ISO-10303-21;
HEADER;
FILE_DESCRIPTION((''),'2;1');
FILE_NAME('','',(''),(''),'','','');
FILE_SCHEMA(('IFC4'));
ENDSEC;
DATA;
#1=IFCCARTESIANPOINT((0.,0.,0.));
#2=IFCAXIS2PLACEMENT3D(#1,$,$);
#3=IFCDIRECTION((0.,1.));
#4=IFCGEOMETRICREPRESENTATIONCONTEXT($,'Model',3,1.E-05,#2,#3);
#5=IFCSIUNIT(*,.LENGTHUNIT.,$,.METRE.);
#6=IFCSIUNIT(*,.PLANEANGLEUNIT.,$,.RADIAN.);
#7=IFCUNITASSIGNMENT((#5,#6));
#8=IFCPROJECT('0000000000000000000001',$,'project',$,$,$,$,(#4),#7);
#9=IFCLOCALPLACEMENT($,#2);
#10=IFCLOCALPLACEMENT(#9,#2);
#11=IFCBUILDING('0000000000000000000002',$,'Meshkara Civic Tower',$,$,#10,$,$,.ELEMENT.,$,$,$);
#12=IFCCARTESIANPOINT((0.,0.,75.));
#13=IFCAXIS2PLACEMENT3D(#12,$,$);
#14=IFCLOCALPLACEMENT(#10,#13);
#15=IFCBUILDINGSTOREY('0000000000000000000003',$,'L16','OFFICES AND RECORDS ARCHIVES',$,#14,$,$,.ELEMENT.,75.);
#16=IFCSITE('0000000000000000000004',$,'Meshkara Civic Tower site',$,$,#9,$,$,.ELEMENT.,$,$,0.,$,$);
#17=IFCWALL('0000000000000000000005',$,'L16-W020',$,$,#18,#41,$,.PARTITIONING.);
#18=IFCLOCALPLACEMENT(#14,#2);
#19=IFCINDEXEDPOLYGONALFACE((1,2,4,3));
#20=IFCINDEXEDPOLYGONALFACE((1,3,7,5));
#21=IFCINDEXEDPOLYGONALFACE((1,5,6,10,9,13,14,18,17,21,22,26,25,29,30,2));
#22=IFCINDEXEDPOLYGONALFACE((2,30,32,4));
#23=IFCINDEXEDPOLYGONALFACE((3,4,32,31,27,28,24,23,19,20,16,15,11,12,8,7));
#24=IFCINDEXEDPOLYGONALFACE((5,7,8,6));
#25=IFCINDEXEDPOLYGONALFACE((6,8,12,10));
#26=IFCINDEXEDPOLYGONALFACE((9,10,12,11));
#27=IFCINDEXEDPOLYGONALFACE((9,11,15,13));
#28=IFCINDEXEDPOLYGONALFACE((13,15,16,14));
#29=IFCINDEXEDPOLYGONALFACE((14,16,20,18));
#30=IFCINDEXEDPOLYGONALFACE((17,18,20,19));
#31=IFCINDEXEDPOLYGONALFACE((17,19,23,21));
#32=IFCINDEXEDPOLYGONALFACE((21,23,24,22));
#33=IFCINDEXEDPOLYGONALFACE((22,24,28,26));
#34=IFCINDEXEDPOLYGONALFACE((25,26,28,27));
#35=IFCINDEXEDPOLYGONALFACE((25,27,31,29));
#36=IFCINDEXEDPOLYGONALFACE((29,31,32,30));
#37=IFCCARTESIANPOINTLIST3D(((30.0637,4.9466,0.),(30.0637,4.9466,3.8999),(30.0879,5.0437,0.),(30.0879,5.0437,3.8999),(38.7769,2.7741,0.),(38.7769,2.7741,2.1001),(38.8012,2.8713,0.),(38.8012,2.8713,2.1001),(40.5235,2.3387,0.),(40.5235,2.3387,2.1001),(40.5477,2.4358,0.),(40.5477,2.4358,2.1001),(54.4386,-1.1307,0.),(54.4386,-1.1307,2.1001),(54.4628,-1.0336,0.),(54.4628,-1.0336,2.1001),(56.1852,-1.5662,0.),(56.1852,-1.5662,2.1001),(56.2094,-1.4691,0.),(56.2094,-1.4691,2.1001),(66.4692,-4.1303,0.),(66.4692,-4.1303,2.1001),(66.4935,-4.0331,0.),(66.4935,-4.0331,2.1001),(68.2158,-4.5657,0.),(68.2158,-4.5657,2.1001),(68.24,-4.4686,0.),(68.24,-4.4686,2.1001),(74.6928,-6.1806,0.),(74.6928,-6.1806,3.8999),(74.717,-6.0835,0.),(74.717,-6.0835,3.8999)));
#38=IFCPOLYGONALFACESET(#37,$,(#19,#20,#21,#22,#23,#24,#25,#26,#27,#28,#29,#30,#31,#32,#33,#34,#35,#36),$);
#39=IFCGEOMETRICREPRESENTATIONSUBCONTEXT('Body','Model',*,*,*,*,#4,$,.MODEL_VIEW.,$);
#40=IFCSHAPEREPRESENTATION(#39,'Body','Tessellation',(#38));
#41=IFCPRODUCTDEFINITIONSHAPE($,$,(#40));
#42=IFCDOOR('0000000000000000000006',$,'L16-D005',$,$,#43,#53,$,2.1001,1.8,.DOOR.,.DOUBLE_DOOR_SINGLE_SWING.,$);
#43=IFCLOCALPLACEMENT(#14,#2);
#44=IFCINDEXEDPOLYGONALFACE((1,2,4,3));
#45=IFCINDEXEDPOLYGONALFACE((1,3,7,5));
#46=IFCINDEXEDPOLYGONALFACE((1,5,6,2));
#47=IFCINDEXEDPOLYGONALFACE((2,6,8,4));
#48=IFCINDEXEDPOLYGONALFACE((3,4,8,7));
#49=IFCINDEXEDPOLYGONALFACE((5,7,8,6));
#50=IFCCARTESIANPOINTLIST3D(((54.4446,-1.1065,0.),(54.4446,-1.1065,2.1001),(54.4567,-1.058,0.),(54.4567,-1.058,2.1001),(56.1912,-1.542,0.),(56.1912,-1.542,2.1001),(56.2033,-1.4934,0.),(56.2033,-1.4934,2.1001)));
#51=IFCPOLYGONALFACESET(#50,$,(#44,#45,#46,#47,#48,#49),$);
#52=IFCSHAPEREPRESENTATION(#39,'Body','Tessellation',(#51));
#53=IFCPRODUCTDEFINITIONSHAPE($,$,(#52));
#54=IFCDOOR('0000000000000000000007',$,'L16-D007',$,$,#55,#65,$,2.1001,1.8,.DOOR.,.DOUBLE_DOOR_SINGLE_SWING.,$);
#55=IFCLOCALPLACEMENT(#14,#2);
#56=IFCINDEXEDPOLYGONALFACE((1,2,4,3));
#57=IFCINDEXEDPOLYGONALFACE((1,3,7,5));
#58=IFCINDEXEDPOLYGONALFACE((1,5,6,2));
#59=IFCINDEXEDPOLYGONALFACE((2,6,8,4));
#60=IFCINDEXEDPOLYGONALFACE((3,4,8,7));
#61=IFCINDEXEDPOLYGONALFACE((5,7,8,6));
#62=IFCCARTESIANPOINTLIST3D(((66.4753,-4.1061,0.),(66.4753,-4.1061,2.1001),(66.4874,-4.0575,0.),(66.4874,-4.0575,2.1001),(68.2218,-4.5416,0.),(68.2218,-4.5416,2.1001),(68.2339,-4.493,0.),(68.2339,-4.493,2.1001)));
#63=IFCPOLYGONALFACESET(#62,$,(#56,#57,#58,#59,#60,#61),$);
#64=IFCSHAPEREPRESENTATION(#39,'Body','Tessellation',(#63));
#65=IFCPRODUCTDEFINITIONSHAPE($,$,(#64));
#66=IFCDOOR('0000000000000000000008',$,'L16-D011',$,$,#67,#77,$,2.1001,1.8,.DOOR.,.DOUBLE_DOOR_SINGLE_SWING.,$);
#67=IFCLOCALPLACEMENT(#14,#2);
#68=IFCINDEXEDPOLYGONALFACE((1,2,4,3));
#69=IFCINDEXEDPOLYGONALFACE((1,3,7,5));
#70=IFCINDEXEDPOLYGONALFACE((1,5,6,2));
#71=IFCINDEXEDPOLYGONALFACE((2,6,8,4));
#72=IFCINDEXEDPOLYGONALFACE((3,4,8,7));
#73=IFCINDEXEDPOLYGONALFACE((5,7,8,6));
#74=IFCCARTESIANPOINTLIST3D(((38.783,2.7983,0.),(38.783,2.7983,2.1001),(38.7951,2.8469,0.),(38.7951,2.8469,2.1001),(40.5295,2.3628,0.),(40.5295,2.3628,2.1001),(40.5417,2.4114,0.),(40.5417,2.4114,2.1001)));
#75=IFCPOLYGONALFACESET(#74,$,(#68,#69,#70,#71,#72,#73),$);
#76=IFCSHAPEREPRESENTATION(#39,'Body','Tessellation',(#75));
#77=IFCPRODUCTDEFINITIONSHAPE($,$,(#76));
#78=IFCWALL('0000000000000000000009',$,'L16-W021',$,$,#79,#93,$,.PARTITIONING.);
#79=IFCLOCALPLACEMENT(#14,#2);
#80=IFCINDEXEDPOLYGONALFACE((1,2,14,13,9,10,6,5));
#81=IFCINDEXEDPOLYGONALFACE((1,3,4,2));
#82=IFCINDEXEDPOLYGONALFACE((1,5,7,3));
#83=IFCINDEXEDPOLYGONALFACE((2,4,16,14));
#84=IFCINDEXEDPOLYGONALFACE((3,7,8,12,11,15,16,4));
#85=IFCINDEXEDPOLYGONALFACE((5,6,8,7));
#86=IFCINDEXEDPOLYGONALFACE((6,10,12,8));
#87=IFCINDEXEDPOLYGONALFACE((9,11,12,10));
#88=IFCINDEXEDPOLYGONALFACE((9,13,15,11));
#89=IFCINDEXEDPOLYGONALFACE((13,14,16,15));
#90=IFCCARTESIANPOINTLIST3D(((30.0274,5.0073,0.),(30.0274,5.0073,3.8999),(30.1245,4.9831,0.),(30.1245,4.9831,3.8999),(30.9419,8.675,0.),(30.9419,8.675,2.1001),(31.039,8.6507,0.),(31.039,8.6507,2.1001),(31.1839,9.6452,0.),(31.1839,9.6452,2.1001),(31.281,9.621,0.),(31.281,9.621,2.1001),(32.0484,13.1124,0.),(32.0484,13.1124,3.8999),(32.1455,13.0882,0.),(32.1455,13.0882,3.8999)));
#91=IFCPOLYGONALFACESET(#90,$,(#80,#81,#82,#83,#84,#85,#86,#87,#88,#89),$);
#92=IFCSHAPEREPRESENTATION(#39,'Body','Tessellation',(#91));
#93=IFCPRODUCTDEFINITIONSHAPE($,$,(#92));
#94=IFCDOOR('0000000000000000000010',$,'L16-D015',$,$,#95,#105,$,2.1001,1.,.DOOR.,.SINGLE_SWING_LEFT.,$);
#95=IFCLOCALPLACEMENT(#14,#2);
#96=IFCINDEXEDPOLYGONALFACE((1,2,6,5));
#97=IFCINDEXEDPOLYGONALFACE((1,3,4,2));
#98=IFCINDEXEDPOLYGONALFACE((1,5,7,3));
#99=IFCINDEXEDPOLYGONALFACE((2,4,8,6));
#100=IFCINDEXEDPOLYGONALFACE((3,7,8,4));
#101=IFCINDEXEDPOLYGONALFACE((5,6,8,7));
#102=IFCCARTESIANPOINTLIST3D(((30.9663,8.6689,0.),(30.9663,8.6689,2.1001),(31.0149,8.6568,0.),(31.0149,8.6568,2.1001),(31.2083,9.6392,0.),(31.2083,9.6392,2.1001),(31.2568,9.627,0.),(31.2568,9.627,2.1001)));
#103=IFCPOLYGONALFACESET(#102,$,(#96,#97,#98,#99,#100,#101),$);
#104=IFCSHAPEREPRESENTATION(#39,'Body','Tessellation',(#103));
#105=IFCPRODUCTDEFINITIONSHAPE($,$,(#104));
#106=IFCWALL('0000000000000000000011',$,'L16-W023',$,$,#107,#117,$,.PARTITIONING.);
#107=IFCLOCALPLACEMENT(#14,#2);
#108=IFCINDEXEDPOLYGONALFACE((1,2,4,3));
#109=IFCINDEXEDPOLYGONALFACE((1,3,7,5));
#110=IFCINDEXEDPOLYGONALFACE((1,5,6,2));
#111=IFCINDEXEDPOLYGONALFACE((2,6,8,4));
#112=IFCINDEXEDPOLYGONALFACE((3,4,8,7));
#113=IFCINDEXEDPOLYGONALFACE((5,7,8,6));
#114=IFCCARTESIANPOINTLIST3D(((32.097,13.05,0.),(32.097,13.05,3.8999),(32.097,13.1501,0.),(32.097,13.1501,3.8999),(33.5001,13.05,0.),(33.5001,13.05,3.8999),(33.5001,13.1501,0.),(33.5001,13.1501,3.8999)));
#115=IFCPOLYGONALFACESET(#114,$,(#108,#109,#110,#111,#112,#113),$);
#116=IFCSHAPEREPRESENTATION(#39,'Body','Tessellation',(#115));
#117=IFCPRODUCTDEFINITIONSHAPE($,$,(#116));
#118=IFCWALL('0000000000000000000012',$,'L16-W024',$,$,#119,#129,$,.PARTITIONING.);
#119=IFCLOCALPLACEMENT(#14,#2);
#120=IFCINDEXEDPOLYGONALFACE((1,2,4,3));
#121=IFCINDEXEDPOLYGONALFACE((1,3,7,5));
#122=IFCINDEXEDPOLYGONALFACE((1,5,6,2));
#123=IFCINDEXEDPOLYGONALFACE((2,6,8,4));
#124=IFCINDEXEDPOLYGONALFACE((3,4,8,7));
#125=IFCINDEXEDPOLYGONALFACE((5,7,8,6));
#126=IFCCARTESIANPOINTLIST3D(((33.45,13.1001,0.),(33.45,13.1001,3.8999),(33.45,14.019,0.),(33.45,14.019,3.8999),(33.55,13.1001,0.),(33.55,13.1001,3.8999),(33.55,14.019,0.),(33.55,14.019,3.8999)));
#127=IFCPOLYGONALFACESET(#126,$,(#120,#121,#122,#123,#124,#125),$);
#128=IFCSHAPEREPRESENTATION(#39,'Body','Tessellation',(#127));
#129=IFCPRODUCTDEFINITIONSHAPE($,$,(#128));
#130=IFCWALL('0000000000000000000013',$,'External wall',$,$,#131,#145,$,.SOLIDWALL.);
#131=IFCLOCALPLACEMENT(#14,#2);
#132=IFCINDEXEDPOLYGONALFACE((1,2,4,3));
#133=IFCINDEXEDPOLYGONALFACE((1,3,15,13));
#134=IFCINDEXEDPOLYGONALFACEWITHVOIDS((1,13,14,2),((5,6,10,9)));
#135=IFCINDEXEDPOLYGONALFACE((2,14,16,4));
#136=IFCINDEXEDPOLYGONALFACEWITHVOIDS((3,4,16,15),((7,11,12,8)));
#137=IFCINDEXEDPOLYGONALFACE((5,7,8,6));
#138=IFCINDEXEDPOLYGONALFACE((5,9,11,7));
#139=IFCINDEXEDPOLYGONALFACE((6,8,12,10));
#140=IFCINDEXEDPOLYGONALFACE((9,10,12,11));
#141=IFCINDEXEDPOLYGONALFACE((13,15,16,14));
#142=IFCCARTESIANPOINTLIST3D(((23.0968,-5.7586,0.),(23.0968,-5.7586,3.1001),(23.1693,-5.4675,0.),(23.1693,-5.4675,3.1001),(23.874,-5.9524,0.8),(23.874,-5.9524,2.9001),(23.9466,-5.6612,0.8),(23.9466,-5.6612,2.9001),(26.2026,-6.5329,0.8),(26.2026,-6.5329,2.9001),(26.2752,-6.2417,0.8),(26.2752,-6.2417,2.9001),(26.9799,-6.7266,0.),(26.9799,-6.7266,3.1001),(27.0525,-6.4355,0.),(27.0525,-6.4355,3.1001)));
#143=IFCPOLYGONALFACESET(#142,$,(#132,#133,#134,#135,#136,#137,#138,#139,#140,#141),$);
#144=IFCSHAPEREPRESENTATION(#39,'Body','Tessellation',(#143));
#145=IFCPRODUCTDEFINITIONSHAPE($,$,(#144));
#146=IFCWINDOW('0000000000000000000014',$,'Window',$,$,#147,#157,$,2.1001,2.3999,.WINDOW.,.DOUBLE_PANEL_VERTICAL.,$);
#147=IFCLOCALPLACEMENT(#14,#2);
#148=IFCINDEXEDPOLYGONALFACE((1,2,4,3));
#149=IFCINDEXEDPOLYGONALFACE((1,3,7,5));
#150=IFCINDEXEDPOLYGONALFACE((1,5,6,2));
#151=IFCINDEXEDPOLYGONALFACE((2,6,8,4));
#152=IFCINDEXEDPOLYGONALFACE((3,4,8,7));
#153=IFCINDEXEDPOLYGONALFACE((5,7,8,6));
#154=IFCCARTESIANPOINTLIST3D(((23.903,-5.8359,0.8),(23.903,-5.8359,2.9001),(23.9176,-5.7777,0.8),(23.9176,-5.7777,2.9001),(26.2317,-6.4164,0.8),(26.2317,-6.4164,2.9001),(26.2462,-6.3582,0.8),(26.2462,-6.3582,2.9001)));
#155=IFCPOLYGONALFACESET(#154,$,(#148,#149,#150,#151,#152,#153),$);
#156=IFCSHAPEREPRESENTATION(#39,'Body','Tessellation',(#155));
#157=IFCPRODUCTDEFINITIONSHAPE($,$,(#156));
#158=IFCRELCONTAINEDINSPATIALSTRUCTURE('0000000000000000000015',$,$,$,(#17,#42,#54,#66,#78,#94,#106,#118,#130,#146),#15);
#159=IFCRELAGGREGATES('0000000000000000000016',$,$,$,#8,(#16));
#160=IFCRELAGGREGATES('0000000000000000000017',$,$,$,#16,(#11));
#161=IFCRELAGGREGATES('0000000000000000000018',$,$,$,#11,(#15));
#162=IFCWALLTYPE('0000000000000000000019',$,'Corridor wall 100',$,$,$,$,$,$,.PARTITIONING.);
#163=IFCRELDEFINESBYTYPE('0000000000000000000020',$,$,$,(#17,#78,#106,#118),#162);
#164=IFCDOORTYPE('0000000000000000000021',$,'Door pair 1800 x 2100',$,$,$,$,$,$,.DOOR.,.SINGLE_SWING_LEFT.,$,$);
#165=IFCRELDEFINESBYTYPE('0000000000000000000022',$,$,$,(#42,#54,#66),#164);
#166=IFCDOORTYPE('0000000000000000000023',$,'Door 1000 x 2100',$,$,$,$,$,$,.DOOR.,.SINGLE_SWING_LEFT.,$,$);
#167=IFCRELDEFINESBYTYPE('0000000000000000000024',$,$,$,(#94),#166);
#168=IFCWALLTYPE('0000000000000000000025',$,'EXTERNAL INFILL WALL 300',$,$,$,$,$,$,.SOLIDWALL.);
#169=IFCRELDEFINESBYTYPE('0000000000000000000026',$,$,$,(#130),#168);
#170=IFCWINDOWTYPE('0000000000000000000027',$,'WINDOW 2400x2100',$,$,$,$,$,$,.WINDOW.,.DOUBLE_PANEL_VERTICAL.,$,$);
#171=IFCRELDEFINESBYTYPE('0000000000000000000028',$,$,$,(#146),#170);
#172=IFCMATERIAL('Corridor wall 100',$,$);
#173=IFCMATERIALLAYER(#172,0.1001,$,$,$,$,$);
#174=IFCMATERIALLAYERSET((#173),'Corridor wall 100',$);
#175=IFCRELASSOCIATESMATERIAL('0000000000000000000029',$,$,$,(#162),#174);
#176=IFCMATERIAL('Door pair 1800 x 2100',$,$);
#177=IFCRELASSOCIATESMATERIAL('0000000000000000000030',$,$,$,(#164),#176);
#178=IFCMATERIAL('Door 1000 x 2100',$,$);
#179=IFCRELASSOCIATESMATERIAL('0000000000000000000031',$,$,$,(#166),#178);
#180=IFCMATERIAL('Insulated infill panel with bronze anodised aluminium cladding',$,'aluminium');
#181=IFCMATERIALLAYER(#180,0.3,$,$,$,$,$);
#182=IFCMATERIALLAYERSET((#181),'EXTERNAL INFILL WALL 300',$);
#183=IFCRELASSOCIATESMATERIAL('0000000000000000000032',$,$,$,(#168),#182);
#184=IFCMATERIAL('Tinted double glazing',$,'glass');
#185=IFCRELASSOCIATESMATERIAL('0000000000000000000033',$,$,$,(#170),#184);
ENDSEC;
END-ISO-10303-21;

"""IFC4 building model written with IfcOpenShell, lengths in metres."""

from ifc_helpers import new_model, si_unit, direction, frame, frame_2d, origin, place, context, subcontext, project, spatial, rectangle, extrude, material, layer, layer_set, type_object, element, fill, save


model = new_model("IFC4")

# Units and contexts
model_context = context("Model", 3, precision=1e-05, world=origin(), true_north=direction((0.0, 1.0)))
body_context = subcontext(model_context, "Body", "Model", "MODEL_VIEW")
ifc_project = project(units=[si_unit("LENGTHUNIT", "METRE"), si_unit("PLANEANGLEUNIT", "RADIAN")], contexts=[model_context])

# Site, building, storey
site_placement = place(None, origin())
site = spatial("IfcSite", under=ifc_project, at=site_placement, Name="Meshkara Civic Tower site", CompositionType="ELEMENT", RefElevation=0.0)
building_placement = place(site_placement, origin())
building = spatial("IfcBuilding", under=site, at=building_placement, Name="Meshkara Civic Tower", CompositionType="ELEMENT")
storey_placement = place(building_placement, frame((0.0, 0.0, 75.0)))
storey = spatial("IfcBuildingStorey", under=building, at=storey_placement, Name="L16", Description="OFFICES AND RECORDS ARCHIVES", CompositionType="ELEMENT", Elevation=75.0)

# Wall, openings, doors
ifc_material_1 = material(Name="Corridor wall 100")
ifc_layer_1 = layer(ifc_material_1, 0.1001)
ifc_layer_set_1 = layer_set([ifc_layer_1], Name="Corridor wall 100")
wall_type_1 = type_object("IfcWallType", Name="Corridor wall 100", PredefinedType="PARTITIONING", material=ifc_layer_set_1)
wall_1_placement = place(storey_placement, frame((30.0759, 4.9951, 0.0), z_axis=(0.0, 0.0, 1.0), x_axis=(0.970296, -0.24192, 0.0)))
wall_1 = element("IfcWall", 1, at=wall_1_placement, inside=storey, type_object=wall_type_1, Name="L16-W020", PredefinedType="PARTITIONING", context=body_context, shape_type="SweptSolid", body=[
    extrude(rectangle(XDim=45.9954, YDim=0.1001, at=frame_2d((22.9976, 0.0))), origin(), (0.0, 0.0, 1.0), 3.8999),
])
opening_1_placement = place(wall_1_placement, frame((25.1211, 0.0, 0.0)))
opening_1 = element("IfcOpeningElement", 2, at=opening_1_placement, cuts=wall_1, PredefinedType="OPENING", context=body_context, shape_type="SweptSolid", body=[
    extrude(rectangle(XDim=1.8, YDim=2.1001, at=frame_2d((0.8999, 1.05))), frame((0.0, 0.0601, 0.0), z_axis=(0.0, -1.0, 0.0), x_axis=(1.0, 0.0, 0.0)), (0.0, 0.0, 1.0), 0.1201),
])
opening_2_placement = place(wall_1_placement, frame((37.52, 0.0, 0.0)))
opening_2 = element("IfcOpeningElement", 3, at=opening_2_placement, cuts=wall_1, PredefinedType="OPENING", context=body_context, shape_type="SweptSolid", body=[
    extrude(rectangle(XDim=1.8, YDim=2.1001, at=frame_2d((0.8999, 1.05))), frame((0.0, 0.0601, 0.0), z_axis=(0.0, -1.0, 0.0), x_axis=(1.0, 0.0, 0.0)), (0.0, 0.0, 1.0), 0.1201),
])
opening_3_placement = place(wall_1_placement, frame((8.98, 0.0, 0.0)))
opening_3 = element("IfcOpeningElement", 4, at=opening_3_placement, cuts=wall_1, PredefinedType="OPENING", context=body_context, shape_type="SweptSolid", body=[
    extrude(rectangle(XDim=1.8, YDim=2.1001, at=frame_2d((0.8999, 1.05))), frame((0.0, 0.0601, 0.0), z_axis=(0.0, -1.0, 0.0), x_axis=(1.0, 0.0, 0.0)), (0.0, 0.0, 1.0), 0.1201),
])
ifc_material_2 = material(Name="Door pair 1800 x 2100")
door_type_1 = type_object("IfcDoorType", Name="Door pair 1800 x 2100", OperationType="SINGLE_SWING_LEFT", PredefinedType="DOOR", material=ifc_material_2)
door_1_placement = place(opening_1_placement, origin())
door_1 = element("IfcDoor", 5, at=door_1_placement, inside=storey, type_object=door_type_1, Name="L16-D005", OperationType="DOUBLE_DOOR_SINGLE_SWING", OverallHeight=2.1001, OverallWidth=1.8, PredefinedType="DOOR", context=body_context, shape_type="SweptSolid", body=[
    extrude(rectangle(XDim=1.8, YDim=2.1001, at=frame_2d((0.8999, 1.05))), frame((0.0, 0.0249, 0.0), z_axis=(0.0, -1.0, 0.0), x_axis=(1.0, 0.0, 0.0)), (0.0, 0.0, 1.0), 0.05),
])
fill(opening_1, door_1)
door_2_placement = place(opening_2_placement, origin())
door_2 = element("IfcDoor", 6, at=door_2_placement, inside=storey, type_object=door_type_1, Name="L16-D007", OperationType="DOUBLE_DOOR_SINGLE_SWING", OverallHeight=2.1001, OverallWidth=1.8, PredefinedType="DOOR", context=body_context, shape_type="SweptSolid", body=[
    extrude(rectangle(XDim=1.8, YDim=2.1001, at=frame_2d((0.8999, 1.05))), frame((0.0, 0.0249, 0.0), z_axis=(0.0, -1.0, 0.0), x_axis=(1.0, 0.0, 0.0)), (0.0, 0.0, 1.0), 0.05),
])
fill(opening_2, door_2)
door_3_placement = place(opening_3_placement, origin())
door_3 = element("IfcDoor", 7, at=door_3_placement, inside=storey, type_object=door_type_1, Name="L16-D011", OperationType="DOUBLE_DOOR_SINGLE_SWING", OverallHeight=2.1001, OverallWidth=1.8, PredefinedType="DOOR", context=body_context, shape_type="SweptSolid", body=[
    extrude(rectangle(XDim=1.8, YDim=2.1001, at=frame_2d((0.8999, 1.05))), frame((0.0, 0.0249, 0.0), z_axis=(0.0, -1.0, 0.0), x_axis=(1.0, 0.0, 0.0)), (0.0, 0.0, 1.0), 0.05),
])
fill(opening_3, door_3)

# Wall, opening, door
wall_2_placement = place(storey_placement, frame((30.0759, 4.9951, 0.0), z_axis=(0.0, 0.0, 1.0), x_axis=(0.241944, 0.97029, 0.0)))
wall_2 = element("IfcWall", 8, at=wall_2_placement, inside=storey, type_object=wall_type_1, Name="L16-W021", PredefinedType="PARTITIONING", context=body_context, shape_type="SweptSolid", body=[
    extrude(rectangle(XDim=8.3533, YDim=0.1001, at=frame_2d((4.1768, 0.0))), origin(), (0.0, 0.0, 1.0), 3.8999),
])
opening_4_placement = place(wall_2_placement, frame((3.78, 0.0, 0.0)))
opening_4 = element("IfcOpeningElement", 9, at=opening_4_placement, cuts=wall_2, PredefinedType="OPENING", context=body_context, shape_type="SweptSolid", body=[
    extrude(rectangle(XDim=1.0, YDim=2.1001, at=frame_2d((0.5, 1.05))), frame((0.0, 0.0601, 0.0), z_axis=(0.0, -1.0, 0.0), x_axis=(1.0, 0.0, 0.0)), (0.0, 0.0, 1.0), 0.1201),
])
ifc_material_3 = material(Name="Door 1000 x 2100")
door_type_2 = type_object("IfcDoorType", Name="Door 1000 x 2100", OperationType="SINGLE_SWING_LEFT", PredefinedType="DOOR", material=ifc_material_3)
door_4_placement = place(opening_4_placement, origin())
door_4 = element("IfcDoor", 10, at=door_4_placement, inside=storey, type_object=door_type_2, Name="L16-D015", OperationType="SINGLE_SWING_LEFT", OverallHeight=2.1001, OverallWidth=1.0, PredefinedType="DOOR", context=body_context, shape_type="SweptSolid", body=[
    extrude(rectangle(XDim=1.0, YDim=2.1001, at=frame_2d((0.5, 1.05))), frame((0.0, 0.0249, 0.0), z_axis=(0.0, -1.0, 0.0), x_axis=(1.0, 0.0, 0.0)), (0.0, 0.0, 1.0), 0.05),
])
fill(opening_4, door_4)

# Walls
wall_3_placement = place(storey_placement, frame((32.0969, 13.1001, 0.0), z_axis=(0.0, 0.0, 1.0), x_axis=(1.0, 0.0, 0.0)))
element("IfcWall", 11, at=wall_3_placement, inside=storey, type_object=wall_type_1, Name="L16-W023", PredefinedType="PARTITIONING", context=body_context, shape_type="SweptSolid", body=[
    extrude(rectangle(XDim=1.4031, YDim=0.1001, at=frame_2d((0.7017, 0.0))), origin(), (0.0, 0.0, 1.0), 3.8999),
])
wall_4_placement = place(storey_placement, frame((33.5, 13.1001, 0.0), z_axis=(0.0, 0.0, 1.0), x_axis=(0.0, 1.0, 0.0)))
element("IfcWall", 12, at=wall_4_placement, inside=storey, type_object=wall_type_1, Name="L16-W024", PredefinedType="PARTITIONING", context=body_context, shape_type="SweptSolid", body=[
    extrude(rectangle(XDim=0.9189, YDim=0.1001, at=frame_2d((0.4595, 0.0))), origin(), (0.0, 0.0, 1.0), 3.8999),
])

# Wall, opening, window
ifc_material_4 = material(Name="Insulated infill panel with bronze anodised aluminium cladding", Category="aluminium")
ifc_layer_2 = layer(ifc_material_4, 0.3)
ifc_layer_set_2 = layer_set([ifc_layer_2], Name="EXTERNAL INFILL WALL 300")
wall_type_2 = type_object("IfcWallType", Name="EXTERNAL INFILL WALL 300", PredefinedType="SOLIDWALL", material=ifc_layer_set_2)
wall_5_placement = place(storey_placement, frame((23.1331, -5.613, 0.0), z_axis=(0.0, 0.0, 1.0), x_axis=(0.970304, -0.24189, 0.0)))
wall_5 = element("IfcWall", 13, at=wall_5_placement, inside=storey, type_object=wall_type_2, Name="External wall", PredefinedType="SOLIDWALL", context=body_context, shape_type="SweptSolid", body=[
    extrude(rectangle(XDim=4.002, YDim=0.3, at=frame_2d((2.001, 0.0))), origin(), (0.0, 0.0, 1.0), 3.1001),
])
opening_5_placement = place(wall_5_placement, frame((0.801, 0.0, 0.8)))
opening_5 = element("IfcOpeningElement", 14, at=opening_5_placement, cuts=wall_5, PredefinedType="OPENING", context=body_context, shape_type="SweptSolid", body=[
    extrude(rectangle(XDim=2.3999, YDim=2.1001, at=frame_2d((1.2, 1.05))), frame((0.0, 0.1599, 0.0), z_axis=(0.0, -1.0, 0.0), x_axis=(1.0, 0.0, 0.0)), (0.0, 0.0, 1.0), 0.3201),
])
ifc_material_5 = material(Name="Tinted double glazing", Category="glass")
window_type = type_object("IfcWindowType", Name="WINDOW 2400x2100", PartitioningType="DOUBLE_PANEL_VERTICAL", PredefinedType="WINDOW", material=ifc_material_5)
window_1_placement = place(opening_5_placement, origin())
window_1 = element("IfcWindow", 15, at=window_1_placement, inside=storey, type_object=window_type, Name="Window", OverallHeight=2.1001, OverallWidth=2.3999, PartitioningType="DOUBLE_PANEL_VERTICAL", PredefinedType="WINDOW", context=body_context, shape_type="SweptSolid", body=[
    extrude(rectangle(XDim=2.3999, YDim=2.1001, at=frame_2d((1.2, 1.05))), frame((0.0, 0.03, 0.0), z_axis=(0.0, -1.0, 0.0), x_axis=(1.0, 0.0, 0.0)), (0.0, 0.0, 1.0), 0.0601),
])
fill(opening_5, window_1)

save(model, "model.ifc")
